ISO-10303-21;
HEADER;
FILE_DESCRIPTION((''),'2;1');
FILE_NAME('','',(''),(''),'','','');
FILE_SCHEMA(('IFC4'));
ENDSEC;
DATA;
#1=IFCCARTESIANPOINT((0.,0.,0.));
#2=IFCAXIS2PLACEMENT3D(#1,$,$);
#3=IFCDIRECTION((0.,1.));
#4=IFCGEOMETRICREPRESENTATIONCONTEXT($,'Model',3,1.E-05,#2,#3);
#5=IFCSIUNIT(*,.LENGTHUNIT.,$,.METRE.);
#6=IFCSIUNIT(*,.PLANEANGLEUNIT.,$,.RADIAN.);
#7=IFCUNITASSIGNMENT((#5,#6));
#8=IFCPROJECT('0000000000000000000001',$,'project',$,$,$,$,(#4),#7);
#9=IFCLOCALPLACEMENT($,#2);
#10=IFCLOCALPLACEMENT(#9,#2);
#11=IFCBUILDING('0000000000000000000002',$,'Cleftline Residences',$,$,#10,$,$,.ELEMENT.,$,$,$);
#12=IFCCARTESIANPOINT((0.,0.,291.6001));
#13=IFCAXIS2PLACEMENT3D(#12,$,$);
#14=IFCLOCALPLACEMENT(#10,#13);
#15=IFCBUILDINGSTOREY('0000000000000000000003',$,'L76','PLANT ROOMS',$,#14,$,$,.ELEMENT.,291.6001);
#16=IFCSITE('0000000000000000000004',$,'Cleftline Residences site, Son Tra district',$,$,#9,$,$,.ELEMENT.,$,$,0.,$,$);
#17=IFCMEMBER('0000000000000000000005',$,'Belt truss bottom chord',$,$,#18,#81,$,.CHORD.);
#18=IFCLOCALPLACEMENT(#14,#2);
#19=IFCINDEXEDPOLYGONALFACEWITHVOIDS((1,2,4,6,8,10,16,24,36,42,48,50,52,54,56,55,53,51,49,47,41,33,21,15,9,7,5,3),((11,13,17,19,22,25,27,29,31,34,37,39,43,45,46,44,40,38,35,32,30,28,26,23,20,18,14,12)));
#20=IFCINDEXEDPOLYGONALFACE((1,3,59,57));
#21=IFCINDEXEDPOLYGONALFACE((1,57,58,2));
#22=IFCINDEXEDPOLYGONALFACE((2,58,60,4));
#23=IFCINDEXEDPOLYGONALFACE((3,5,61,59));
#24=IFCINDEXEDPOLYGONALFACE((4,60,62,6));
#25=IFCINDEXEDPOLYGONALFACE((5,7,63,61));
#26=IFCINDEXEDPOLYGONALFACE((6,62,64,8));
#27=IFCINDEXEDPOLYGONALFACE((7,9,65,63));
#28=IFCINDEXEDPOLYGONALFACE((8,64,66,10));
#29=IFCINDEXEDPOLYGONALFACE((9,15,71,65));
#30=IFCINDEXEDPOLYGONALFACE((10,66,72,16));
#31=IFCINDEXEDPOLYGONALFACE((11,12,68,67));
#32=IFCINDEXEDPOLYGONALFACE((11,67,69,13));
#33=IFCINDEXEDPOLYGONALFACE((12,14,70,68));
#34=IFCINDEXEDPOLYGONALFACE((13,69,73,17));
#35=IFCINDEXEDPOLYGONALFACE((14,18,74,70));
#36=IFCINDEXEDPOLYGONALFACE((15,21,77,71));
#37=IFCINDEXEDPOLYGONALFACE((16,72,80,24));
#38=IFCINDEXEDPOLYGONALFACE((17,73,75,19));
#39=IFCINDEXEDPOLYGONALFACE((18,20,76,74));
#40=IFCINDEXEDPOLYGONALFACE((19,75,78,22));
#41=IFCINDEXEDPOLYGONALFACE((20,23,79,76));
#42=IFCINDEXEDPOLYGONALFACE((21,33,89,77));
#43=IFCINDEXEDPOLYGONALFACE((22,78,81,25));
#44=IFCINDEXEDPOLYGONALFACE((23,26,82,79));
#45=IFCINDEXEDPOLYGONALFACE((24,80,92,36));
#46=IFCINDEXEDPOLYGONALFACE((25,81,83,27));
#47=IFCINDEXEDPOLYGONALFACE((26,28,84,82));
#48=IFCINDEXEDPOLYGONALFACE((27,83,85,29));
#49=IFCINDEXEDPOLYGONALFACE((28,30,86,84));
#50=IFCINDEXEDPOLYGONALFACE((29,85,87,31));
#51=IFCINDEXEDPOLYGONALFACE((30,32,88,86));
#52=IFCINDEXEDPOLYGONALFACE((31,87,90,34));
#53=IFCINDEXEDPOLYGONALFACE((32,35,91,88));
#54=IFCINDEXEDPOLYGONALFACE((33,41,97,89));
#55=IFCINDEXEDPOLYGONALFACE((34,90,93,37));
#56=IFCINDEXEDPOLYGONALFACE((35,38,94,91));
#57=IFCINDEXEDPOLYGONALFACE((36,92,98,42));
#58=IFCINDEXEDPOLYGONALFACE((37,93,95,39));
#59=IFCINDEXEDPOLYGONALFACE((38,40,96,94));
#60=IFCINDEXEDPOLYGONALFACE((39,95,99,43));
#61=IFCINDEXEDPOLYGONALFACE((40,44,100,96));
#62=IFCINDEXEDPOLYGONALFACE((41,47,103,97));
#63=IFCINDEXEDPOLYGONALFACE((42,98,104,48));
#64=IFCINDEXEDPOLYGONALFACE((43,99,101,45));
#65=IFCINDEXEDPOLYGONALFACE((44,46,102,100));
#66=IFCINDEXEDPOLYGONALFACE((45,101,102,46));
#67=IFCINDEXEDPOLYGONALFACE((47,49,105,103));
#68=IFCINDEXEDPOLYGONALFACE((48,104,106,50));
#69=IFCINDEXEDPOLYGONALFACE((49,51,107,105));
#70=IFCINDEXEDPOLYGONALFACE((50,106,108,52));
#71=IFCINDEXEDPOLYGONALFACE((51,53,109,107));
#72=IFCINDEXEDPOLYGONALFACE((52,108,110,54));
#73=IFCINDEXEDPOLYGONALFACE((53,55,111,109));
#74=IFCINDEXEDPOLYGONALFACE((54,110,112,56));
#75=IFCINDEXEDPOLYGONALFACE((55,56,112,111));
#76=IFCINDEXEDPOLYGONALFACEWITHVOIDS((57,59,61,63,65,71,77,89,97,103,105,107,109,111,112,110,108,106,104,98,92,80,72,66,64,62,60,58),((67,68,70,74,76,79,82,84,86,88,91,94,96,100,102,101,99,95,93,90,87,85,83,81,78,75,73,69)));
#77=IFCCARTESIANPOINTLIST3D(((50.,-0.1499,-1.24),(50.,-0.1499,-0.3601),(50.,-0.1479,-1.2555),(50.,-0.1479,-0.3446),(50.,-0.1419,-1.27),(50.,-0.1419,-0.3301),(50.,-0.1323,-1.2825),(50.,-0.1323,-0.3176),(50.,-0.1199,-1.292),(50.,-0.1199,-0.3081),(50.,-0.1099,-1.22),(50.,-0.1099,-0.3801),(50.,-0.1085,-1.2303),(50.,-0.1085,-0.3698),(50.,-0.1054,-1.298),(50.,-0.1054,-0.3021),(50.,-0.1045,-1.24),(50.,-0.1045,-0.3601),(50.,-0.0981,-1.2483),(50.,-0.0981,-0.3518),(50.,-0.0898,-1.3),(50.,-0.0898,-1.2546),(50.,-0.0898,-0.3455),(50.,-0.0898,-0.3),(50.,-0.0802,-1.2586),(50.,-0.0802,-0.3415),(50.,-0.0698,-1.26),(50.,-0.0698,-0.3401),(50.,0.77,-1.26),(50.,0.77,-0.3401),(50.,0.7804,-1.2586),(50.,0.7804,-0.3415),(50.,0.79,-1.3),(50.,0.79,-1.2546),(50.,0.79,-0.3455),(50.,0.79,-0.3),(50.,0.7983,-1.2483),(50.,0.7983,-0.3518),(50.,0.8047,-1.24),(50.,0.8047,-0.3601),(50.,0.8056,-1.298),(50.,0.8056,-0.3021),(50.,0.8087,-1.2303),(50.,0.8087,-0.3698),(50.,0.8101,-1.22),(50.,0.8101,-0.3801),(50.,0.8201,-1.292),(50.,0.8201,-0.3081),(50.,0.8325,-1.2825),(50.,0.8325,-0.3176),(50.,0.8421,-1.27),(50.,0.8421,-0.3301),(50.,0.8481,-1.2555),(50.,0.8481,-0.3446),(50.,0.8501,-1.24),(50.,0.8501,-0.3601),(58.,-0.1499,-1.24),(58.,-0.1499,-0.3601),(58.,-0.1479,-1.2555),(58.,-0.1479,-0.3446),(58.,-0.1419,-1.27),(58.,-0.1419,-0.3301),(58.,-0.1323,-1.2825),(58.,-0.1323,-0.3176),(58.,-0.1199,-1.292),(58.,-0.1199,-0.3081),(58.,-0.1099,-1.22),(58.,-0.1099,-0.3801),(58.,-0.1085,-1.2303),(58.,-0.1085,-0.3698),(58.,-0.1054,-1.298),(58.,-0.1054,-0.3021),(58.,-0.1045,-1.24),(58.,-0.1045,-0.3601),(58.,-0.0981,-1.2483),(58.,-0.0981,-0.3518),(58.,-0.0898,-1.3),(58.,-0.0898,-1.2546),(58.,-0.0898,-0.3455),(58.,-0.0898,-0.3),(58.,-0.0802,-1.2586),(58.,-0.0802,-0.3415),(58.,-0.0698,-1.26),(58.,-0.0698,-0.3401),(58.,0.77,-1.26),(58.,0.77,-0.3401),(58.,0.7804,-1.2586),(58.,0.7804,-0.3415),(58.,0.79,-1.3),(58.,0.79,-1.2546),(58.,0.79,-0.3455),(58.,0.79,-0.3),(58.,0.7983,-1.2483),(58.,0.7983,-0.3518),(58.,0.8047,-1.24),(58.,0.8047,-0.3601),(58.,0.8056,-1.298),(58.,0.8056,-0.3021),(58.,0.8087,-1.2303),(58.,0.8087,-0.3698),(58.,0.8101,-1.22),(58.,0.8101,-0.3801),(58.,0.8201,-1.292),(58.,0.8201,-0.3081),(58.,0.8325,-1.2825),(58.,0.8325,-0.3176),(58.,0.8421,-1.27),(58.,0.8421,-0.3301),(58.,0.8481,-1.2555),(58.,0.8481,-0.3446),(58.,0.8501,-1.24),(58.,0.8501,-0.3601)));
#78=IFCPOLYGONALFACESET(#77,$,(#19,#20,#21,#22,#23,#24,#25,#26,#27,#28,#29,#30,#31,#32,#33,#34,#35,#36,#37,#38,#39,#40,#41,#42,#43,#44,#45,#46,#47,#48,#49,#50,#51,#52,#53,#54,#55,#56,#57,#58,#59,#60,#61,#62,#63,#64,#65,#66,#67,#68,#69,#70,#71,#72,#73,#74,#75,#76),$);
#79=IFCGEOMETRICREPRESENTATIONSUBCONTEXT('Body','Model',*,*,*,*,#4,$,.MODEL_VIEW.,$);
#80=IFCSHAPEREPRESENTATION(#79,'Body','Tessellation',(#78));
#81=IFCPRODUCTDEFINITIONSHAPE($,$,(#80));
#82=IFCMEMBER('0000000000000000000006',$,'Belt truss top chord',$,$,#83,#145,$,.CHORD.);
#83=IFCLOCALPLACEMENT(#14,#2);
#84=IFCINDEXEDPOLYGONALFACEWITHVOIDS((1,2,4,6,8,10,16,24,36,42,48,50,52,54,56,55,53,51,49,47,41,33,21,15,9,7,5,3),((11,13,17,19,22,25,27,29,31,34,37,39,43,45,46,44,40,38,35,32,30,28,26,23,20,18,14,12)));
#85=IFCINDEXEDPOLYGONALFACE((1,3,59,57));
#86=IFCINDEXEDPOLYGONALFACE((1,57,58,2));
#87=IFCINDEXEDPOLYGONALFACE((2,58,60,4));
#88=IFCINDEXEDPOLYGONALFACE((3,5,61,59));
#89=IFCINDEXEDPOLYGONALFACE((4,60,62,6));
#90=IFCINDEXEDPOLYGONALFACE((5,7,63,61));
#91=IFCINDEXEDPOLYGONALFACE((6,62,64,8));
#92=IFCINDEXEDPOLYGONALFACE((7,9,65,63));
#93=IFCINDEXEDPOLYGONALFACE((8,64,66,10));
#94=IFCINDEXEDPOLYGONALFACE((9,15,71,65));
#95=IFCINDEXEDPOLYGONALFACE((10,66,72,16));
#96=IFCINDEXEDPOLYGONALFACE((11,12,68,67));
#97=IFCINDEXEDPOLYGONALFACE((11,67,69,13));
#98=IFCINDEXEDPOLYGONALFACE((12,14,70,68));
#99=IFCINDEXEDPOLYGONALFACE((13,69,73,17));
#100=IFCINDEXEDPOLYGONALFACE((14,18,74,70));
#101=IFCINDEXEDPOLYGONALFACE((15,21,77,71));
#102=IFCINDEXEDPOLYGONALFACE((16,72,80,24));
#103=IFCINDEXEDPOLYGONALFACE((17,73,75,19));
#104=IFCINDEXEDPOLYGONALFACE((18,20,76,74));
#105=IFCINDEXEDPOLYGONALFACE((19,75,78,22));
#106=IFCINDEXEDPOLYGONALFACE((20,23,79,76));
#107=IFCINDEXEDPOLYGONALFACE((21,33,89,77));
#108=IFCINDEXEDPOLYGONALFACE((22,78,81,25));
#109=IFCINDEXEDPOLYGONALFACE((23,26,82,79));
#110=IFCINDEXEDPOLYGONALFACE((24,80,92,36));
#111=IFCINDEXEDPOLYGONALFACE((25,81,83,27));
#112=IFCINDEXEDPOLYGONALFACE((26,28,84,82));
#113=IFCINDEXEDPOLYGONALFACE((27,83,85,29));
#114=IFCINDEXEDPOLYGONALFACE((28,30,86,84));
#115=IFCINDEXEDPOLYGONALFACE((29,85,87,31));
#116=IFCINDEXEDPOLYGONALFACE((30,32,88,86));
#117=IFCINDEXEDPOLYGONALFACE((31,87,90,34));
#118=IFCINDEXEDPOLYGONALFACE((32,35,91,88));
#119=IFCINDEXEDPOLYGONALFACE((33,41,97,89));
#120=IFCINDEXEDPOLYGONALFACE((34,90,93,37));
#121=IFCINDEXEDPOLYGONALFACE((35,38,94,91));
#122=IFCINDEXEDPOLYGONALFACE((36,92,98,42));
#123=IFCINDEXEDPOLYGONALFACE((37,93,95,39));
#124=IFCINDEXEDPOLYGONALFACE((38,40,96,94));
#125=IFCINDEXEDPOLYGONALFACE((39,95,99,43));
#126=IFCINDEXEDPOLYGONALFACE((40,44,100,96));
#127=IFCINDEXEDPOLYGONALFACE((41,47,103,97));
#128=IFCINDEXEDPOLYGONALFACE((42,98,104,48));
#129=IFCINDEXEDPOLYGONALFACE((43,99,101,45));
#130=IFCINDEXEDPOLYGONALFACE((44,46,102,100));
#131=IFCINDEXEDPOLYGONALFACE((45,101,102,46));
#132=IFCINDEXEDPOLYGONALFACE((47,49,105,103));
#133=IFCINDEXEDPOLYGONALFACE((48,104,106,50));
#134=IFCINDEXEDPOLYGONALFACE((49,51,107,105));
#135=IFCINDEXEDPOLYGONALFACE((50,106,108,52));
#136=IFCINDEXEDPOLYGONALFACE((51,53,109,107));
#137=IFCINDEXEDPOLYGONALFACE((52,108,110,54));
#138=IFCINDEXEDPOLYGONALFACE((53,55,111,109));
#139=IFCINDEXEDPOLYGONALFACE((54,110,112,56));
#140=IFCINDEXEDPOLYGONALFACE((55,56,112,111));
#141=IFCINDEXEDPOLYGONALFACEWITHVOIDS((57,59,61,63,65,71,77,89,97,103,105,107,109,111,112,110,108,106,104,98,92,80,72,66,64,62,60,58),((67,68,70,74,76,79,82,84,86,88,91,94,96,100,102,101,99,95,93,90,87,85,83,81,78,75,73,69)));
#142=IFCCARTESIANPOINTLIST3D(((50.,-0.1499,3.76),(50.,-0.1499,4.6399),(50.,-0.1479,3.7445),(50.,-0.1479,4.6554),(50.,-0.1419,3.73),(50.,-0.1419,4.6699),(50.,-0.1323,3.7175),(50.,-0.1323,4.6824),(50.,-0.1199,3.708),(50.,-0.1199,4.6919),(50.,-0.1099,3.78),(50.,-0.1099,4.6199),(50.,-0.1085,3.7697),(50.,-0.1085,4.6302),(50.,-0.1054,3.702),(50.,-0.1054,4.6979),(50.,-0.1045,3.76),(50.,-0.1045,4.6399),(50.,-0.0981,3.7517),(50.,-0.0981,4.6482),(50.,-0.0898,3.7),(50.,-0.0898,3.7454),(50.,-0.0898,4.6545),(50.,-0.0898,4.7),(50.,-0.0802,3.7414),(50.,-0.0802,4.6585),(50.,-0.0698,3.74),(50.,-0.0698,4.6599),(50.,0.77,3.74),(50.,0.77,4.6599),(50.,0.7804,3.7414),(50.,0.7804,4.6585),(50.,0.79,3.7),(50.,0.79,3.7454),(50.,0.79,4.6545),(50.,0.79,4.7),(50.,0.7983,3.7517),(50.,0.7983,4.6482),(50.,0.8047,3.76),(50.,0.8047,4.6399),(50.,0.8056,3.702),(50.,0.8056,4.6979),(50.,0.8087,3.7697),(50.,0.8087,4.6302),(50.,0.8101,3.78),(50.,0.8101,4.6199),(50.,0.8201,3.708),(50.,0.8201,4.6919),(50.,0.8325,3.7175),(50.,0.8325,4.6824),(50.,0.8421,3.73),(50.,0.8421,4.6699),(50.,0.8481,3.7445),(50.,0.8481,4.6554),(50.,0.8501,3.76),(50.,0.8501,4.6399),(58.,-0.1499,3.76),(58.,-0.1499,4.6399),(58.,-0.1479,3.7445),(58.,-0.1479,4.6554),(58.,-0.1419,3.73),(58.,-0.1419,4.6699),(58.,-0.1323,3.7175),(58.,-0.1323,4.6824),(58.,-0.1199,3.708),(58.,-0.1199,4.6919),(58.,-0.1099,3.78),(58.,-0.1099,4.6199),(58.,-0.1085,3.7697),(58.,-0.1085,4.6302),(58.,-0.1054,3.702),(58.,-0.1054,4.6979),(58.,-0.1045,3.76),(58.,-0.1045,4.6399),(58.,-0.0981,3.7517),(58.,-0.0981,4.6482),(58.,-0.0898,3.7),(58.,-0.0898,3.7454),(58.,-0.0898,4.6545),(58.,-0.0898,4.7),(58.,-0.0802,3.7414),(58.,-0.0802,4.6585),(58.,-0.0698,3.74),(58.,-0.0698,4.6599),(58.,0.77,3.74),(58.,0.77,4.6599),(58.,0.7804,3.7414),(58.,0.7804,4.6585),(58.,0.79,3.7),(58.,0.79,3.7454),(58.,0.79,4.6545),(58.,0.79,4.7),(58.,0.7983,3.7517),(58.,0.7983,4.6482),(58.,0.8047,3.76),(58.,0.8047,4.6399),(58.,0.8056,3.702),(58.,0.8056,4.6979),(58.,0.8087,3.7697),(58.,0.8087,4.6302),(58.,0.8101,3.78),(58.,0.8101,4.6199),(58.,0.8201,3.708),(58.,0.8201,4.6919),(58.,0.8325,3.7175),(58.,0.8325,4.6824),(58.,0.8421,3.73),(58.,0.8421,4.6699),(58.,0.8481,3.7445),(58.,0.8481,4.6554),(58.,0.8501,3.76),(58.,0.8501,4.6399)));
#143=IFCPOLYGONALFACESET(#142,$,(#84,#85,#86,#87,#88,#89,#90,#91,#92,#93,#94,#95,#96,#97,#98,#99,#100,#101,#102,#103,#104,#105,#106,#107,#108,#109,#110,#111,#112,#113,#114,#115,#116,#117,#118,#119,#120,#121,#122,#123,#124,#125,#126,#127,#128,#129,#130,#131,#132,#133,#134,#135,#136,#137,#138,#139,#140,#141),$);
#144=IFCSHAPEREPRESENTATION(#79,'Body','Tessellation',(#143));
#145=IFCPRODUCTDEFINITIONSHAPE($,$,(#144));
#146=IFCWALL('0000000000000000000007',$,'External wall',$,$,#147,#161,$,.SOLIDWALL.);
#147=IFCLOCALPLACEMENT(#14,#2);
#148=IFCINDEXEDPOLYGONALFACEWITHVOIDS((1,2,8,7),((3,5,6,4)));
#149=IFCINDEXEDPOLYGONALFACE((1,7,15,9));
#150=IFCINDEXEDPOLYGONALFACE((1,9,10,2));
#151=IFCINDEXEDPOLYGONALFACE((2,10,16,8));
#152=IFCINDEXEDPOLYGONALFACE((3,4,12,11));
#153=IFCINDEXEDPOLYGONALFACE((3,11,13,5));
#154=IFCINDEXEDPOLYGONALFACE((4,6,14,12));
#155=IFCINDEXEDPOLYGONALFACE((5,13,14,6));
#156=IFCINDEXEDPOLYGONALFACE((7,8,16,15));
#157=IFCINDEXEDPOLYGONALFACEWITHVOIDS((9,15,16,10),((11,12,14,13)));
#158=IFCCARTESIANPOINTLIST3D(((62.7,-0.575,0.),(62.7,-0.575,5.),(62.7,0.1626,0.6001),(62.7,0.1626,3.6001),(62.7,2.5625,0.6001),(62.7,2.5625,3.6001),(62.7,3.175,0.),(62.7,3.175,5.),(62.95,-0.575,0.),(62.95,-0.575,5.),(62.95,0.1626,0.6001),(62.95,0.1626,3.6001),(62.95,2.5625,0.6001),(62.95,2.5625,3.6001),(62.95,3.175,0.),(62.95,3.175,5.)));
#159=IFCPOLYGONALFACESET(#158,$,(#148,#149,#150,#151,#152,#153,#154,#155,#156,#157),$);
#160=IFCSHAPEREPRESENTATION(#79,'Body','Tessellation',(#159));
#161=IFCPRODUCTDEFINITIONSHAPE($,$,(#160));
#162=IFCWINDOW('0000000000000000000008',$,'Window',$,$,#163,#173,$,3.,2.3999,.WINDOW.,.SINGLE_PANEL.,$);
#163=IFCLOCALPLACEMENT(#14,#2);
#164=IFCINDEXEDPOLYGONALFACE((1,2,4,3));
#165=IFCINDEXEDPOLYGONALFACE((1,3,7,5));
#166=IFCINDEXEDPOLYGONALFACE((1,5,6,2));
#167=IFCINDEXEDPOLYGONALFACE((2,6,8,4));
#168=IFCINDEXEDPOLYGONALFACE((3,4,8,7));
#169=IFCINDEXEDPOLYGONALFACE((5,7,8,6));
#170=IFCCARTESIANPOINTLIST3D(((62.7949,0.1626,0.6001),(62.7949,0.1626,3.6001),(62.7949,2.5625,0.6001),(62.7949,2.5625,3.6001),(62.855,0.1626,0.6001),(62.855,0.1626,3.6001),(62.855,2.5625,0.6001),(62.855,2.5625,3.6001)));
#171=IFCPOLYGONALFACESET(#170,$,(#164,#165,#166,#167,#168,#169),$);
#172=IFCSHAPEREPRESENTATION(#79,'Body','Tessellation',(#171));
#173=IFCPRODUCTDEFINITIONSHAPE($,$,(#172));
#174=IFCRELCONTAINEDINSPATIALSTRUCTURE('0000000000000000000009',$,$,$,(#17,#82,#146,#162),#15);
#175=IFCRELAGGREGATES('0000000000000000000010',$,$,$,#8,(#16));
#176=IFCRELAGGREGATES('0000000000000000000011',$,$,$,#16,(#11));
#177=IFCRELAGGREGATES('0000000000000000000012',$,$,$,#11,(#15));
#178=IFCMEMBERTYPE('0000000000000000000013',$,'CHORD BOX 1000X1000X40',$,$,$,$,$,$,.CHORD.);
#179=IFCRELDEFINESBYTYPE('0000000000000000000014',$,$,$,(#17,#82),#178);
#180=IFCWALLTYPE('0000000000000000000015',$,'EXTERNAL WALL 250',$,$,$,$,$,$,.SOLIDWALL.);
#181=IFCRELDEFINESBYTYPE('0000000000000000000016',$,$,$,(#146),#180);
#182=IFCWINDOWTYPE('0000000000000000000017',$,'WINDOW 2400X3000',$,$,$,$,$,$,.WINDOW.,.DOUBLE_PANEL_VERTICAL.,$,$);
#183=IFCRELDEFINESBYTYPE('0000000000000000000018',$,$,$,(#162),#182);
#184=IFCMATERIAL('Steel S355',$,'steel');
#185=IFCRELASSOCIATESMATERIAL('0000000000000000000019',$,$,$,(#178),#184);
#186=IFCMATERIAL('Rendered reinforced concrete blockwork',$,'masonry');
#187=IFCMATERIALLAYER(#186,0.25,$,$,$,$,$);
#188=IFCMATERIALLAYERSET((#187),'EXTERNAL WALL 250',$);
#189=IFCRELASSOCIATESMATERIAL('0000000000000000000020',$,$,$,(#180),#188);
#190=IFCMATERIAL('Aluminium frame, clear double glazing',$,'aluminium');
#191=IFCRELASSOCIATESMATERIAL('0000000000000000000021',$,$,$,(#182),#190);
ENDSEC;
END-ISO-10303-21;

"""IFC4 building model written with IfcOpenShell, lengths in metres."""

from ifc_helpers import new_model, si_unit, direction, frame, frame_2d, origin, origin_2d, place, context, subcontext, project, spatial, rectangle, hollow_rectangle, extrude, material, layer, layer_set, material_profile, profile_set, type_object, element, fill, save


model = new_model("IFC4")

# Units and contexts
model_context = context("Model", 3, precision=1e-05, world=origin(), true_north=direction((0.0, 1.0)))
body_context = subcontext(model_context, "Body", "Model", "MODEL_VIEW")
ifc_project = project(units=[si_unit("LENGTHUNIT", "METRE"), si_unit("PLANEANGLEUNIT", "RADIAN")], contexts=[model_context])

# Site, building, storey
site_placement = place(None, origin())
site = spatial("IfcSite", under=ifc_project, at=site_placement, Name="Cleftline Residences site, Son Tra district", CompositionType="ELEMENT", RefElevation=0.0)
building_placement = place(site_placement, origin())
building = spatial("IfcBuilding", under=site, at=building_placement, Name="Cleftline Residences", CompositionType="ELEMENT")
storey_placement = place(building_placement, frame((0.0, 0.0, 291.6001)))
storey = spatial("IfcBuildingStorey", under=building, at=storey_placement, Name="L76", Description="PLANT ROOMS", CompositionType="ELEMENT", Elevation=291.6001)

# Members
ifc_material_1 = material(Name="Steel S355", Category="steel")
ifc_material_profile_1 = material_profile(ifc_material_1, hollow_rectangle(XDim=1.0, YDim=1.0, WallThickness=0.04, InnerFilletRadius=0.04, OuterFilletRadius=0.0601, at=origin_2d()))
ifc_profile_set_1 = profile_set([ifc_material_profile_1], Name="Steel S355")
member_type_1 = type_object("IfcMemberType", Name="CHORD BOX 1000X1000X40", PredefinedType="CHORD", material=ifc_profile_set_1)
for number, where, z_axis, x_axis, name in (
    (1, (50.0, 0.3501, -0.8), (1.0, 0.0, 0.0), (0.0, 1.0, 0.0), "Belt truss bottom chord"),
    (2, (50.0, 0.3501, 4.2), (1.0, 0.0, 0.0), (0.0, 1.0, 0.0), "Belt truss top chord"),
):
    element("IfcMember", number, at=place(storey_placement, frame(where, z_axis=z_axis, x_axis=x_axis)), inside=storey, type_object=member_type_1, Name=name, PredefinedType="CHORD", context=body_context, shape_type="SweptSolid", body=[
        extrude(hollow_rectangle(XDim=1.0, YDim=1.0, WallThickness=0.04, InnerFilletRadius=0.04, OuterFilletRadius=0.0601, at=origin_2d()), origin(), (0.0, 0.0, 1.0), 8.0),
    ])

# Wall, opening, window
ifc_material_2 = material(Name="Rendered reinforced concrete blockwork", Category="masonry")
ifc_layer = layer(ifc_material_2, 0.25)
ifc_layer_set = layer_set([ifc_layer], Name="EXTERNAL WALL 250")
wall_type = type_object("IfcWallType", Name="EXTERNAL WALL 250", PredefinedType="SOLIDWALL", material=ifc_layer_set)
wall_1_placement = place(storey_placement, frame((62.825, -0.575, 0.0), z_axis=(0.0, 0.0, 1.0), x_axis=(0.0, 1.0, 0.0)))
wall_1 = element("IfcWall", 3, at=wall_1_placement, inside=storey, type_object=wall_type, Name="External wall", PredefinedType="SOLIDWALL", context=body_context, shape_type="SweptSolid", body=[
    extrude(rectangle(XDim=3.75, YDim=0.25, at=frame_2d((1.875, 0.0))), origin(), (0.0, 0.0, 1.0), 5.0),
])
opening_1_placement = place(wall_1_placement, frame((0.7375, 0.0, 0.6001)))
opening_1 = element("IfcOpeningElement", 4, at=opening_1_placement, cuts=wall_1, PredefinedType="OPENING", context=body_context, shape_type="SweptSolid", body=[
    extrude(rectangle(XDim=2.3999, YDim=3.0, at=frame_2d((1.2, 1.5))), frame((0.0, 0.135, 0.0), z_axis=(0.0, -1.0, 0.0), x_axis=(1.0, 0.0, 0.0)), (0.0, 0.0, 1.0), 0.27),
])
ifc_material_3 = material(Name="Aluminium frame, clear double glazing", Category="aluminium")
window_type = type_object("IfcWindowType", Name="WINDOW 2400X3000", PartitioningType="DOUBLE_PANEL_VERTICAL", PredefinedType="WINDOW", material=ifc_material_3)
window_1_placement = place(opening_1_placement, origin())
window_1 = element("IfcWindow", 5, at=window_1_placement, inside=storey, type_object=window_type, Name="Window", OverallHeight=3.0, OverallWidth=2.3999, PartitioningType="SINGLE_PANEL", PredefinedType="WINDOW", context=body_context, shape_type="SweptSolid", body=[
    extrude(rectangle(XDim=2.3999, YDim=3.0, at=frame_2d((1.2, 1.5))), frame((0.0, 0.03, 0.0), z_axis=(0.0, -1.0, 0.0), x_axis=(1.0, 0.0, 0.0)), (0.0, 0.0, 1.0), 0.0601),
])
fill(opening_1, window_1)

save(model, "model.ifc")
